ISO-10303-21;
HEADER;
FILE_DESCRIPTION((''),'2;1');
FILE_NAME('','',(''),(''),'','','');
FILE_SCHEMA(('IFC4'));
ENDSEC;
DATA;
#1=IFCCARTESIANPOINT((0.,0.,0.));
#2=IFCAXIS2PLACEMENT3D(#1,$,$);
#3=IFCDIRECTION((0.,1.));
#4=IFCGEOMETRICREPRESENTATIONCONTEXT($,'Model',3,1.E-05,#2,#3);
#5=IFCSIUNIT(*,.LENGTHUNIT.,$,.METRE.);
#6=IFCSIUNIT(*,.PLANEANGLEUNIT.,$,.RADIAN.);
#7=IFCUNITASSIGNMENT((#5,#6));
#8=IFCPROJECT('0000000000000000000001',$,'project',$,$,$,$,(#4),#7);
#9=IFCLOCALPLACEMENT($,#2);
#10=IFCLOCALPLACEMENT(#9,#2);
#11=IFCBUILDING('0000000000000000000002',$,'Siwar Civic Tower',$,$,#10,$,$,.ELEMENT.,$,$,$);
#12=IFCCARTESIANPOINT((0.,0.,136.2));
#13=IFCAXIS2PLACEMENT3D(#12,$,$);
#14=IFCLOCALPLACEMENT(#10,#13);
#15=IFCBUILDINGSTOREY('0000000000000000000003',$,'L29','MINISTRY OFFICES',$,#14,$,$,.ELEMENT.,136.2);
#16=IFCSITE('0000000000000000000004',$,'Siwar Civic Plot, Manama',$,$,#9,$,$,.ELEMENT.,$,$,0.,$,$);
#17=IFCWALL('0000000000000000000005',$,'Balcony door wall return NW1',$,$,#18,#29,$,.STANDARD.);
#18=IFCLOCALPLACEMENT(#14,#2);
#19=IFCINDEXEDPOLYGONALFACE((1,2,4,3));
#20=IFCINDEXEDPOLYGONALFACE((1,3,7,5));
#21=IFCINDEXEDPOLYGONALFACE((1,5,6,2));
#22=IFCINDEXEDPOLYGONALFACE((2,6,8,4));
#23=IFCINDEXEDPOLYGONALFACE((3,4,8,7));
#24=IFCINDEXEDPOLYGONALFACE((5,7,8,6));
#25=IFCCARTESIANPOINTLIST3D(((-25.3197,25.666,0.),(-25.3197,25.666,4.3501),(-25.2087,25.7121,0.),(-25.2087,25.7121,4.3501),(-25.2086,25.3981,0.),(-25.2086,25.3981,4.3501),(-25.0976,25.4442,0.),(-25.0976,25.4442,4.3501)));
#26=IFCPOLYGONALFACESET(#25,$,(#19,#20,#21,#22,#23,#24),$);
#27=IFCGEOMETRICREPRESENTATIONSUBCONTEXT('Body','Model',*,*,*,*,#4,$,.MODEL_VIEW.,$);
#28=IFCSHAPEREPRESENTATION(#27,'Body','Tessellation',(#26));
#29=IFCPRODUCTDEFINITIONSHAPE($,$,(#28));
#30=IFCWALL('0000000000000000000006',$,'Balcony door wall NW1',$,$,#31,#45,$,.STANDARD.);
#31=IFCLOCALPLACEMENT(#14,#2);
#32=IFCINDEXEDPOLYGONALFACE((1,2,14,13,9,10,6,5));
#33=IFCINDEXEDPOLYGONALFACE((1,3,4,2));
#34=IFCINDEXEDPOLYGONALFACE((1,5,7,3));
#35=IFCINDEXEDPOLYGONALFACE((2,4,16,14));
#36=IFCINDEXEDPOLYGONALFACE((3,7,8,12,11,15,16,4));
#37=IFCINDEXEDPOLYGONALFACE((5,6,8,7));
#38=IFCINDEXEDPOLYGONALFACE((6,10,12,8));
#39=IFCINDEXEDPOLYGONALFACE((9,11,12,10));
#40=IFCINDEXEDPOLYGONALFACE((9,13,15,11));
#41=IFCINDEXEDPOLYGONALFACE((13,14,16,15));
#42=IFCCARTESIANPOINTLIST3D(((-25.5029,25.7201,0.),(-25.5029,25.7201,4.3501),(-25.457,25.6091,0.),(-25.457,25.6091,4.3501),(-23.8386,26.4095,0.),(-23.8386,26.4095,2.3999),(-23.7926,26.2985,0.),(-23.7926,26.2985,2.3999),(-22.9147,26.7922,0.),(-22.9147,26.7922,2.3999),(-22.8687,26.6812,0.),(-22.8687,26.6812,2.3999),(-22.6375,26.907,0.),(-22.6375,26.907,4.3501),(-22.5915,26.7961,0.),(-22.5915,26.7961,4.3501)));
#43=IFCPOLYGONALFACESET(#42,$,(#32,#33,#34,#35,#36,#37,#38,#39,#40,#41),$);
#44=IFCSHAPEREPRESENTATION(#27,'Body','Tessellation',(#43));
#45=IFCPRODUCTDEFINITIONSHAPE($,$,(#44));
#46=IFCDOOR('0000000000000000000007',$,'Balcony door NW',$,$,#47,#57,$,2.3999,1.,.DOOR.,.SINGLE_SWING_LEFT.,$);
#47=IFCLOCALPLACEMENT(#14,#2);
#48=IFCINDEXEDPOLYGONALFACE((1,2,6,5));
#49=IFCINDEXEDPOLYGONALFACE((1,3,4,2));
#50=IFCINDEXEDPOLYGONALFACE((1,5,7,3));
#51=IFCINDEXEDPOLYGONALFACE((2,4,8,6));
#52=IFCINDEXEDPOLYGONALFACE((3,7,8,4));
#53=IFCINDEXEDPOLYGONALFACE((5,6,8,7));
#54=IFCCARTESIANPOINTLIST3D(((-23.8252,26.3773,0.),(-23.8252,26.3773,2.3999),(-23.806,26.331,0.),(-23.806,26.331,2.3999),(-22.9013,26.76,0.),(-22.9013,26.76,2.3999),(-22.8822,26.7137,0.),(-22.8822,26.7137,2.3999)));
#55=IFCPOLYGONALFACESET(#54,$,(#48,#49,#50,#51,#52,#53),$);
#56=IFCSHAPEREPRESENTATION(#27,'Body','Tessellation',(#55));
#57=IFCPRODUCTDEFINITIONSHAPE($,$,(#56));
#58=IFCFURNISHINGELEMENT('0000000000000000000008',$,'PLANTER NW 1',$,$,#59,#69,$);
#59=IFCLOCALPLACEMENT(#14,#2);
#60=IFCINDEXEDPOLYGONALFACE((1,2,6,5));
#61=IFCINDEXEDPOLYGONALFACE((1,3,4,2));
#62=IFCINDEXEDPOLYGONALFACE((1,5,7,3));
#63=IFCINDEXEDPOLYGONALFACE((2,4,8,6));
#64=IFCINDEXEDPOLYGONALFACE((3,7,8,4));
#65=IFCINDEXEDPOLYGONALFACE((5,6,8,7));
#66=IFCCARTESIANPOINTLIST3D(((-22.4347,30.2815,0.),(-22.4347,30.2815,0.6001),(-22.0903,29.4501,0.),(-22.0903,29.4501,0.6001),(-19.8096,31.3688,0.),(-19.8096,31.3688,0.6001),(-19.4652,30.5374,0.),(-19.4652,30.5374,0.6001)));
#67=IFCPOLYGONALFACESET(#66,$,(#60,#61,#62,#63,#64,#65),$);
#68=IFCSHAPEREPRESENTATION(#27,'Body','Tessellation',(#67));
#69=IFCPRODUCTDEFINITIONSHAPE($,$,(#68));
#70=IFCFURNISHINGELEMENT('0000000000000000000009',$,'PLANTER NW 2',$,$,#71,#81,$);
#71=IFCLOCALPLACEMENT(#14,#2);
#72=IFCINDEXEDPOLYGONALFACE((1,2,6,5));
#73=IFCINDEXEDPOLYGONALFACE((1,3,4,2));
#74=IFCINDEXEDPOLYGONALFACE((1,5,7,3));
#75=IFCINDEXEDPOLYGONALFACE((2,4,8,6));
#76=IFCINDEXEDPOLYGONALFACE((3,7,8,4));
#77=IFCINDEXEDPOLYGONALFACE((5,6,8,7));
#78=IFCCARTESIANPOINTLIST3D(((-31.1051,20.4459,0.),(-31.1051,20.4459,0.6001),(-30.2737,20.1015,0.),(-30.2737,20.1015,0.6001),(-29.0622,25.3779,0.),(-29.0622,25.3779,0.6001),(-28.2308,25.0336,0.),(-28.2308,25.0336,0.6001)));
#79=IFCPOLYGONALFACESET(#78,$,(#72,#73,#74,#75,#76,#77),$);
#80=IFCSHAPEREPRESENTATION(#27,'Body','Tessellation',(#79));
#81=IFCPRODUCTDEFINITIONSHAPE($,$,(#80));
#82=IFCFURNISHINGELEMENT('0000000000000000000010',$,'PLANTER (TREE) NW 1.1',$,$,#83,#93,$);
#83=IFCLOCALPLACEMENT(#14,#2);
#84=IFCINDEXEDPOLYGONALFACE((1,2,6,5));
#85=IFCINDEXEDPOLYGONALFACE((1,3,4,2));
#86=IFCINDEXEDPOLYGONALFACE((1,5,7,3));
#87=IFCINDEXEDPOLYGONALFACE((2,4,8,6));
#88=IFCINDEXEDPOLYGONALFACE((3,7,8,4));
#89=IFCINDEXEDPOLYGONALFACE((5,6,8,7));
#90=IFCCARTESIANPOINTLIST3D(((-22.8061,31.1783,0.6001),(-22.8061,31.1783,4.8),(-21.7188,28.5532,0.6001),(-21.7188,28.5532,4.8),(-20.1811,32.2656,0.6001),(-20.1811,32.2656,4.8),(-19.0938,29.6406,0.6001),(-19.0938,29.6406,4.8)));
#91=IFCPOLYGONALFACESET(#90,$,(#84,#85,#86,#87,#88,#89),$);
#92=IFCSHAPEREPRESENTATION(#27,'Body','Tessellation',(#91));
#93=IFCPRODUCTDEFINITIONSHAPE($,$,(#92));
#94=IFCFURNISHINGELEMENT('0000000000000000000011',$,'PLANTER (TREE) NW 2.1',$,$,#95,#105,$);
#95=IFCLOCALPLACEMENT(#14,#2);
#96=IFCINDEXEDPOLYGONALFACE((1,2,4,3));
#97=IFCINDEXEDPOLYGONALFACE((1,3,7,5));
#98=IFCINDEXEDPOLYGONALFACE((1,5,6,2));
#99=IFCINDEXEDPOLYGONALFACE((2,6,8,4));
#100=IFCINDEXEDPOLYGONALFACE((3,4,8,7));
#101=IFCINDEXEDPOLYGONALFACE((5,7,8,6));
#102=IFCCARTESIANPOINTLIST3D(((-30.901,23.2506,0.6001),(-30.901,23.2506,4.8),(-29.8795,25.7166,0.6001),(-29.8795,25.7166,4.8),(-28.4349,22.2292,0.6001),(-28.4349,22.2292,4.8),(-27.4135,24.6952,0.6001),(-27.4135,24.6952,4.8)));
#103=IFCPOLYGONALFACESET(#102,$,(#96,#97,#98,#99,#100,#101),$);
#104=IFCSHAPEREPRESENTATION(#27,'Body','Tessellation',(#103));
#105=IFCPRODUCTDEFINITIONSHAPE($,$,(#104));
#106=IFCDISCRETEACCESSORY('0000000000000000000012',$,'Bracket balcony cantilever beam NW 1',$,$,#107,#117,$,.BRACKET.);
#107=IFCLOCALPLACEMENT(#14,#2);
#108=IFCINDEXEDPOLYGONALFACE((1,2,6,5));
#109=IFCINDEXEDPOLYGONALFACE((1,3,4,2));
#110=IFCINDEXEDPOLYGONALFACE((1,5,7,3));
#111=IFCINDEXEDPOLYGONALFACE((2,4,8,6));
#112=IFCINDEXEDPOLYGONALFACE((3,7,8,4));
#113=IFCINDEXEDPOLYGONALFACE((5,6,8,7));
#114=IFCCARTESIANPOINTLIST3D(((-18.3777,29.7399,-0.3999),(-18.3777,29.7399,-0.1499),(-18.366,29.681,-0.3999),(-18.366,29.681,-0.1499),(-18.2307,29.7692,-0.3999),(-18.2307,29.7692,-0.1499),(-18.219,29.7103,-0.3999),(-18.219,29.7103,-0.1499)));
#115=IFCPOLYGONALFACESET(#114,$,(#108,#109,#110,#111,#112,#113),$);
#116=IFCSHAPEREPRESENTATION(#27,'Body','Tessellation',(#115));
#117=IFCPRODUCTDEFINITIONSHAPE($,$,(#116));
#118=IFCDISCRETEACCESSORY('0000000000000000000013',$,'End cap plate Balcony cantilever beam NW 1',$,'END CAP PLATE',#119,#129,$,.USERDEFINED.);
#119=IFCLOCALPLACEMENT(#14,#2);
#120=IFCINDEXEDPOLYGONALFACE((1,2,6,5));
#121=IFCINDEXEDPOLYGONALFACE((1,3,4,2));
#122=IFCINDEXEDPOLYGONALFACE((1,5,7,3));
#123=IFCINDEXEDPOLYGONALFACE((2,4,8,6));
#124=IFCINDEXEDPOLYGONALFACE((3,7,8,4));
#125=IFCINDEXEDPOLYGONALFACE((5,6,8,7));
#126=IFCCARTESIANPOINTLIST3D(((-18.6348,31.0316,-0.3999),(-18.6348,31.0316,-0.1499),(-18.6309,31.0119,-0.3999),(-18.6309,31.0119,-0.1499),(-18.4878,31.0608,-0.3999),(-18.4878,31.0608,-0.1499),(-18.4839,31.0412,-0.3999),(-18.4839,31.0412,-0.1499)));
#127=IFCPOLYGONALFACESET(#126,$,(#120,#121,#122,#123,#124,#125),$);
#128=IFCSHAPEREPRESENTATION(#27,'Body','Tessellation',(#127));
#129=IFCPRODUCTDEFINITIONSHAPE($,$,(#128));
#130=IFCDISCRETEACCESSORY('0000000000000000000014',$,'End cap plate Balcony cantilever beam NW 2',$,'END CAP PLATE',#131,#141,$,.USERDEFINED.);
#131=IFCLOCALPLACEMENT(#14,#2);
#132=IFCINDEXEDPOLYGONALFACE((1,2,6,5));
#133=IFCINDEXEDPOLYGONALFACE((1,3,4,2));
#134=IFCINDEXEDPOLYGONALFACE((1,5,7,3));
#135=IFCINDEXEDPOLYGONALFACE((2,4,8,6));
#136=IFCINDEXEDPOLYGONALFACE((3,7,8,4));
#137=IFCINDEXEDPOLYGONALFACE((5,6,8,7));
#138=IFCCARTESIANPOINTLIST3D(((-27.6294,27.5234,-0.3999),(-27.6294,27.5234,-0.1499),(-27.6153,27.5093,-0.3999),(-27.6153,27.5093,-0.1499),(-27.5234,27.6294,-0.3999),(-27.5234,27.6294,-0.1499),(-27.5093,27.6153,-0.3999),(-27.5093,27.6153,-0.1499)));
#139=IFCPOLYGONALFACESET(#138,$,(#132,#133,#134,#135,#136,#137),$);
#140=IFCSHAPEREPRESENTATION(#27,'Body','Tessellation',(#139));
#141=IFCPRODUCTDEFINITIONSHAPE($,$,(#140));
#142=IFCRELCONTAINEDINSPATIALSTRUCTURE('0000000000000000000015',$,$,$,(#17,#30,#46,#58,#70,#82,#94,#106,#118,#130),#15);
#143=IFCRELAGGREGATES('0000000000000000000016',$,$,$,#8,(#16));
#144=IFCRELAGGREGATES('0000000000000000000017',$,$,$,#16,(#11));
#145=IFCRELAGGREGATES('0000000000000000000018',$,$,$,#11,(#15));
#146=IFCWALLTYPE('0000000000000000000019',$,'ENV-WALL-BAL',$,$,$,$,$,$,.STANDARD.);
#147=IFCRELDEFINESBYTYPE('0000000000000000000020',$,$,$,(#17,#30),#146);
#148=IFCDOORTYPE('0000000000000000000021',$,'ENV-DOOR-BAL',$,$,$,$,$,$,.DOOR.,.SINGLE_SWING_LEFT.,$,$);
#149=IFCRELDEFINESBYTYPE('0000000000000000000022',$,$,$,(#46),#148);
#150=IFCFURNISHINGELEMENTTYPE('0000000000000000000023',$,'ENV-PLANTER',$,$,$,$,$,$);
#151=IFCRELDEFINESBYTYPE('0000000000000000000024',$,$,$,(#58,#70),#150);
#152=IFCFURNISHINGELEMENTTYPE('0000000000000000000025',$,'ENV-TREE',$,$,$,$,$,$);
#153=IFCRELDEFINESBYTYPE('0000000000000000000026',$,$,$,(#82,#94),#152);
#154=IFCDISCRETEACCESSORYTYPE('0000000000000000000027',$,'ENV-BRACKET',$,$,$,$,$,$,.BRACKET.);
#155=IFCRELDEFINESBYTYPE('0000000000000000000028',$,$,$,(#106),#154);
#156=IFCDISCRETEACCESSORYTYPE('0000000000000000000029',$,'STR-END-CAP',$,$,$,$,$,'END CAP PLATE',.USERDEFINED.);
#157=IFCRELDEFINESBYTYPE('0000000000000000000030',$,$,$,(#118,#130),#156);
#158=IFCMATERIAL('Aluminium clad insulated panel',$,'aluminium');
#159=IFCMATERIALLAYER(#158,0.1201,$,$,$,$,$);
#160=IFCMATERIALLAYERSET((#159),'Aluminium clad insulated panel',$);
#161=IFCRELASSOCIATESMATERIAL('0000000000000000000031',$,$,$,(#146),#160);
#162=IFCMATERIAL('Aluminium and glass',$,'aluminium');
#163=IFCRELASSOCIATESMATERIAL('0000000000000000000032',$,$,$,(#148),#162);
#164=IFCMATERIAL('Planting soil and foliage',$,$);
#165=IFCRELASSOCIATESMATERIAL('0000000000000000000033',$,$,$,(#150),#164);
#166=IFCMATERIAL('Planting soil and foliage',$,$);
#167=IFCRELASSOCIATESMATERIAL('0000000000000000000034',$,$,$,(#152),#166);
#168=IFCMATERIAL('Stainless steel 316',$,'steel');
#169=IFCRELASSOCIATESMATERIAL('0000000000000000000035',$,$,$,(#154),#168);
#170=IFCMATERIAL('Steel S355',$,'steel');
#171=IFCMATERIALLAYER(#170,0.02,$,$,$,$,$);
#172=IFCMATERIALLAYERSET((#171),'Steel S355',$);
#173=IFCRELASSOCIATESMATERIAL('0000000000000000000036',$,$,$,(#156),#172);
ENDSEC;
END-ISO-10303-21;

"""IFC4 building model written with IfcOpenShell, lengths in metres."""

from ifc_helpers import new_model, si_unit, direction, frame, frame_2d, origin, origin_2d, place, context, subcontext, project, spatial, rectangle, extrude, material, layer, layer_set, type_object, element, fill, save


model = new_model("IFC4")

# Units and contexts
model_context = context("Model", 3, precision=1e-05, world=origin(), true_north=direction((0.0, 1.0)))
body_context = subcontext(model_context, "Body", "Model", "MODEL_VIEW")
ifc_project = project(units=[si_unit("LENGTHUNIT", "METRE"), si_unit("PLANEANGLEUNIT", "RADIAN")], contexts=[model_context])

# Site, building, storey
site_placement = place(None, origin())
site = spatial("IfcSite", under=ifc_project, at=site_placement, Name="Siwar Civic Plot, Manama", CompositionType="ELEMENT", RefElevation=0.0)
building_placement = place(site_placement, origin())
building = spatial("IfcBuilding", under=site, at=building_placement, Name="Siwar Civic Tower", CompositionType="ELEMENT")
storey_placement = place(building_placement, frame((0.0, 0.0, 136.2)))
storey = spatial("IfcBuildingStorey", under=building, at=storey_placement, Name="L29", Description="MINISTRY OFFICES", CompositionType="ELEMENT", Elevation=136.2)

# Wall
ifc_material_1 = material(Name="Aluminium clad insulated panel", Category="aluminium")
ifc_layer_1 = layer(ifc_material_1, 0.1201)
ifc_layer_set_1 = layer_set([ifc_layer_1], Name="Aluminium clad insulated panel")
wall_type = type_object("IfcWallType", Name="ENV-WALL-BAL", PredefinedType="STANDARD", material=ifc_layer_set_1)
for number, where, z_axis, x_axis, name in (
    (1, (-25.1531, 25.4211, 0.0), (0.0, 0.0, 1.0), (-0.38312, 0.923699, 0.0), "Balcony door wall return NW1"),
):
    element("IfcWall", number, at=place(storey_placement, frame(where, z_axis=z_axis, x_axis=x_axis)), inside=storey, type_object=wall_type, Name=name, PredefinedType="STANDARD", context=body_context, shape_type="SweptSolid", body=[
        extrude(rectangle(XDim=0.29, YDim=0.1201, at=frame_2d((0.145, 0.0))), origin(), (0.0, 0.0, 1.0), 4.3501),
    ])

# Wall, opening, door
wall_placement = place(storey_placement, frame((-22.6145, 26.8516, 0.0), z_axis=(0.0, 0.0, 1.0), x_axis=(-0.923869, -0.382709, 0.0)))
wall = element("IfcWall", 2, at=wall_placement, inside=storey, type_object=wall_type, Name="Balcony door wall NW1", PredefinedType="STANDARD", context=body_context, shape_type="SweptSolid", body=[
    extrude(rectangle(XDim=3.1016, YDim=0.1201, at=frame_2d((1.5508, 0.0))), origin(), (0.0, 0.0, 1.0), 4.3501),
])
opening_placement = place(wall_placement, frame((0.3, 0.0, 0.0)))
opening = element("IfcOpeningElement", 3, at=opening_placement, cuts=wall, PredefinedType="OPENING", context=body_context, shape_type="SweptSolid", body=[
    extrude(rectangle(XDim=1.0, YDim=2.3999, at=frame_2d((0.5, 1.2))), frame((0.0, 0.0701, 0.0), z_axis=(0.0, -1.0, 0.0), x_axis=(1.0, 0.0, 0.0)), (0.0, 0.0, 1.0), 0.1401),
])
ifc_material_2 = material(Name="Aluminium and glass", Category="aluminium")
door_type = type_object("IfcDoorType", Name="ENV-DOOR-BAL", OperationType="SINGLE_SWING_LEFT", PredefinedType="DOOR", material=ifc_material_2)
door_placement = place(opening_placement, origin())
door = element("IfcDoor", 4, at=door_placement, inside=storey, type_object=door_type, Name="Balcony door NW", OperationType="SINGLE_SWING_LEFT", OverallHeight=2.3999, OverallWidth=1.0, PredefinedType="DOOR", context=body_context, shape_type="SweptSolid", body=[
    extrude(rectangle(XDim=1.0, YDim=2.3999, at=frame_2d((0.5, 1.2))), frame((0.0, 0.0249, 0.0), z_axis=(0.0, -1.0, 0.0), x_axis=(1.0, 0.0, 0.0)), (0.0, 0.0, 1.0), 0.05),
])
fill(opening, door)

# Furnishing elements
ifc_material_3 = material(Name="Planting soil and foliage")
furnishing_element_type_1 = type_object("IfcFurnishingElementType", Name="ENV-PLANTER", material=ifc_material_3)
furnishing_1_placement = place(storey_placement, frame((-20.95, 30.4094, 0.0), z_axis=(0.0, 0.0, 1.0), x_axis=(-0.92388, -0.382683, 0.0)))
element("IfcFurnishingElement", 5, at=furnishing_1_placement, inside=storey, type_object=furnishing_element_type_1, Name="PLANTER NW 1", context=body_context, shape_type="SweptSolid", body=[
    extrude(rectangle(XDim=2.8413, YDim=0.8999, at=origin_2d()), origin(), (0.0, 0.0, 1.0), 0.6001),
])
furnishing_2_placement = place(storey_placement, frame((-29.668, 22.7397, 0.0), z_axis=(0.0, 0.0, 1.0), x_axis=(-0.382683, -0.92388, 0.0)))
element("IfcFurnishingElement", 6, at=furnishing_2_placement, inside=storey, type_object=furnishing_element_type_1, Name="PLANTER NW 2", context=body_context, shape_type="SweptSolid", body=[
    extrude(rectangle(XDim=5.3384, YDim=0.8999, at=origin_2d()), origin(), (0.0, 0.0, 1.0), 0.6001),
])
ifc_material_4 = material(Name="Planting soil and foliage")
furnishing_element_type_2 = type_object("IfcFurnishingElementType", Name="ENV-TREE", material=ifc_material_4)
furnishing_3_placement = place(storey_placement, frame((-20.95, 30.4094, 0.6001), z_axis=(0.0, 0.0, 1.0), x_axis=(-0.92388, -0.382683, 0.0)))
element("IfcFurnishingElement", 7, at=furnishing_3_placement, inside=storey, type_object=furnishing_element_type_2, Name="PLANTER (TREE) NW 1.1", context=body_context, shape_type="SweptSolid", body=[
    extrude(rectangle(XDim=2.8413, YDim=2.8413, at=origin_2d()), origin(), (0.0, 0.0, 1.0), 4.2),
])
furnishing_4_placement = place(storey_placement, frame((-29.1572, 23.9729, 0.6001), z_axis=(0.0, 0.0, 1.0), x_axis=(-0.382683, -0.92388, 0.0)))
element("IfcFurnishingElement", 8, at=furnishing_4_placement, inside=storey, type_object=furnishing_element_type_2, Name="PLANTER (TREE) NW 2.1", context=body_context, shape_type="SweptSolid", body=[
    extrude(rectangle(XDim=2.6692, YDim=2.6692, at=origin_2d()), origin(), (0.0, 0.0, 1.0), 4.2),
])

# Discrete accessories
ifc_material_5 = material(Name="Stainless steel 316", Category="steel")
discrete_accessory_type_1 = type_object("IfcDiscreteAccessoryType", Name="ENV-BRACKET", PredefinedType="BRACKET", material=ifc_material_5)
discrete_accessory_placement = place(storey_placement, frame((-18.2983, 29.7251, -0.3999), z_axis=(0.0, 0.0, 1.0), x_axis=(-0.19509, 0.980785, 0.0)))
element("IfcDiscreteAccessory", 9, at=discrete_accessory_placement, inside=storey, type_object=discrete_accessory_type_1, Name="Bracket balcony cantilever beam NW 1", PredefinedType="BRACKET", context=body_context, shape_type="SweptSolid", body=[
    extrude(rectangle(XDim=0.0601, YDim=0.1499, at=origin_2d()), origin(), (0.0, 0.0, 1.0), 0.25),
])
ifc_material_6 = material(Name="Steel S355", Category="steel")
ifc_layer_2 = layer(ifc_material_6, 0.02)
ifc_layer_set_2 = layer_set([ifc_layer_2], Name="Steel S355")
discrete_accessory_type_2 = type_object("IfcDiscreteAccessoryType", Name="STR-END-CAP", ElementType="END CAP PLATE", PredefinedType="USERDEFINED", material=ifc_layer_set_2)
for number, where, z_axis, x_axis, name in (
    (10, (-18.5593, 31.0364, -0.3999), (0.0, 0.0, 1.0), (-0.19509, 0.980785, 0.0), "End cap plate Balcony cantilever beam NW 1"),
    (11, (-27.5693, 27.5693, -0.3999), (0.0, 0.0, 1.0), (-0.707107, 0.707107, 0.0), "End cap plate Balcony cantilever beam NW 2"),
):
    element("IfcDiscreteAccessory", number, at=place(storey_placement, frame(where, z_axis=z_axis, x_axis=x_axis)), inside=storey, type_object=discrete_accessory_type_2, Name=name, ObjectType="END CAP PLATE", PredefinedType="USERDEFINED", context=body_context, shape_type="SweptSolid", body=[
        extrude(rectangle(XDim=0.02, YDim=0.1499, at=origin_2d()), origin(), (0.0, 0.0, 1.0), 0.25),
    ])

save(model, "model.ifc")
